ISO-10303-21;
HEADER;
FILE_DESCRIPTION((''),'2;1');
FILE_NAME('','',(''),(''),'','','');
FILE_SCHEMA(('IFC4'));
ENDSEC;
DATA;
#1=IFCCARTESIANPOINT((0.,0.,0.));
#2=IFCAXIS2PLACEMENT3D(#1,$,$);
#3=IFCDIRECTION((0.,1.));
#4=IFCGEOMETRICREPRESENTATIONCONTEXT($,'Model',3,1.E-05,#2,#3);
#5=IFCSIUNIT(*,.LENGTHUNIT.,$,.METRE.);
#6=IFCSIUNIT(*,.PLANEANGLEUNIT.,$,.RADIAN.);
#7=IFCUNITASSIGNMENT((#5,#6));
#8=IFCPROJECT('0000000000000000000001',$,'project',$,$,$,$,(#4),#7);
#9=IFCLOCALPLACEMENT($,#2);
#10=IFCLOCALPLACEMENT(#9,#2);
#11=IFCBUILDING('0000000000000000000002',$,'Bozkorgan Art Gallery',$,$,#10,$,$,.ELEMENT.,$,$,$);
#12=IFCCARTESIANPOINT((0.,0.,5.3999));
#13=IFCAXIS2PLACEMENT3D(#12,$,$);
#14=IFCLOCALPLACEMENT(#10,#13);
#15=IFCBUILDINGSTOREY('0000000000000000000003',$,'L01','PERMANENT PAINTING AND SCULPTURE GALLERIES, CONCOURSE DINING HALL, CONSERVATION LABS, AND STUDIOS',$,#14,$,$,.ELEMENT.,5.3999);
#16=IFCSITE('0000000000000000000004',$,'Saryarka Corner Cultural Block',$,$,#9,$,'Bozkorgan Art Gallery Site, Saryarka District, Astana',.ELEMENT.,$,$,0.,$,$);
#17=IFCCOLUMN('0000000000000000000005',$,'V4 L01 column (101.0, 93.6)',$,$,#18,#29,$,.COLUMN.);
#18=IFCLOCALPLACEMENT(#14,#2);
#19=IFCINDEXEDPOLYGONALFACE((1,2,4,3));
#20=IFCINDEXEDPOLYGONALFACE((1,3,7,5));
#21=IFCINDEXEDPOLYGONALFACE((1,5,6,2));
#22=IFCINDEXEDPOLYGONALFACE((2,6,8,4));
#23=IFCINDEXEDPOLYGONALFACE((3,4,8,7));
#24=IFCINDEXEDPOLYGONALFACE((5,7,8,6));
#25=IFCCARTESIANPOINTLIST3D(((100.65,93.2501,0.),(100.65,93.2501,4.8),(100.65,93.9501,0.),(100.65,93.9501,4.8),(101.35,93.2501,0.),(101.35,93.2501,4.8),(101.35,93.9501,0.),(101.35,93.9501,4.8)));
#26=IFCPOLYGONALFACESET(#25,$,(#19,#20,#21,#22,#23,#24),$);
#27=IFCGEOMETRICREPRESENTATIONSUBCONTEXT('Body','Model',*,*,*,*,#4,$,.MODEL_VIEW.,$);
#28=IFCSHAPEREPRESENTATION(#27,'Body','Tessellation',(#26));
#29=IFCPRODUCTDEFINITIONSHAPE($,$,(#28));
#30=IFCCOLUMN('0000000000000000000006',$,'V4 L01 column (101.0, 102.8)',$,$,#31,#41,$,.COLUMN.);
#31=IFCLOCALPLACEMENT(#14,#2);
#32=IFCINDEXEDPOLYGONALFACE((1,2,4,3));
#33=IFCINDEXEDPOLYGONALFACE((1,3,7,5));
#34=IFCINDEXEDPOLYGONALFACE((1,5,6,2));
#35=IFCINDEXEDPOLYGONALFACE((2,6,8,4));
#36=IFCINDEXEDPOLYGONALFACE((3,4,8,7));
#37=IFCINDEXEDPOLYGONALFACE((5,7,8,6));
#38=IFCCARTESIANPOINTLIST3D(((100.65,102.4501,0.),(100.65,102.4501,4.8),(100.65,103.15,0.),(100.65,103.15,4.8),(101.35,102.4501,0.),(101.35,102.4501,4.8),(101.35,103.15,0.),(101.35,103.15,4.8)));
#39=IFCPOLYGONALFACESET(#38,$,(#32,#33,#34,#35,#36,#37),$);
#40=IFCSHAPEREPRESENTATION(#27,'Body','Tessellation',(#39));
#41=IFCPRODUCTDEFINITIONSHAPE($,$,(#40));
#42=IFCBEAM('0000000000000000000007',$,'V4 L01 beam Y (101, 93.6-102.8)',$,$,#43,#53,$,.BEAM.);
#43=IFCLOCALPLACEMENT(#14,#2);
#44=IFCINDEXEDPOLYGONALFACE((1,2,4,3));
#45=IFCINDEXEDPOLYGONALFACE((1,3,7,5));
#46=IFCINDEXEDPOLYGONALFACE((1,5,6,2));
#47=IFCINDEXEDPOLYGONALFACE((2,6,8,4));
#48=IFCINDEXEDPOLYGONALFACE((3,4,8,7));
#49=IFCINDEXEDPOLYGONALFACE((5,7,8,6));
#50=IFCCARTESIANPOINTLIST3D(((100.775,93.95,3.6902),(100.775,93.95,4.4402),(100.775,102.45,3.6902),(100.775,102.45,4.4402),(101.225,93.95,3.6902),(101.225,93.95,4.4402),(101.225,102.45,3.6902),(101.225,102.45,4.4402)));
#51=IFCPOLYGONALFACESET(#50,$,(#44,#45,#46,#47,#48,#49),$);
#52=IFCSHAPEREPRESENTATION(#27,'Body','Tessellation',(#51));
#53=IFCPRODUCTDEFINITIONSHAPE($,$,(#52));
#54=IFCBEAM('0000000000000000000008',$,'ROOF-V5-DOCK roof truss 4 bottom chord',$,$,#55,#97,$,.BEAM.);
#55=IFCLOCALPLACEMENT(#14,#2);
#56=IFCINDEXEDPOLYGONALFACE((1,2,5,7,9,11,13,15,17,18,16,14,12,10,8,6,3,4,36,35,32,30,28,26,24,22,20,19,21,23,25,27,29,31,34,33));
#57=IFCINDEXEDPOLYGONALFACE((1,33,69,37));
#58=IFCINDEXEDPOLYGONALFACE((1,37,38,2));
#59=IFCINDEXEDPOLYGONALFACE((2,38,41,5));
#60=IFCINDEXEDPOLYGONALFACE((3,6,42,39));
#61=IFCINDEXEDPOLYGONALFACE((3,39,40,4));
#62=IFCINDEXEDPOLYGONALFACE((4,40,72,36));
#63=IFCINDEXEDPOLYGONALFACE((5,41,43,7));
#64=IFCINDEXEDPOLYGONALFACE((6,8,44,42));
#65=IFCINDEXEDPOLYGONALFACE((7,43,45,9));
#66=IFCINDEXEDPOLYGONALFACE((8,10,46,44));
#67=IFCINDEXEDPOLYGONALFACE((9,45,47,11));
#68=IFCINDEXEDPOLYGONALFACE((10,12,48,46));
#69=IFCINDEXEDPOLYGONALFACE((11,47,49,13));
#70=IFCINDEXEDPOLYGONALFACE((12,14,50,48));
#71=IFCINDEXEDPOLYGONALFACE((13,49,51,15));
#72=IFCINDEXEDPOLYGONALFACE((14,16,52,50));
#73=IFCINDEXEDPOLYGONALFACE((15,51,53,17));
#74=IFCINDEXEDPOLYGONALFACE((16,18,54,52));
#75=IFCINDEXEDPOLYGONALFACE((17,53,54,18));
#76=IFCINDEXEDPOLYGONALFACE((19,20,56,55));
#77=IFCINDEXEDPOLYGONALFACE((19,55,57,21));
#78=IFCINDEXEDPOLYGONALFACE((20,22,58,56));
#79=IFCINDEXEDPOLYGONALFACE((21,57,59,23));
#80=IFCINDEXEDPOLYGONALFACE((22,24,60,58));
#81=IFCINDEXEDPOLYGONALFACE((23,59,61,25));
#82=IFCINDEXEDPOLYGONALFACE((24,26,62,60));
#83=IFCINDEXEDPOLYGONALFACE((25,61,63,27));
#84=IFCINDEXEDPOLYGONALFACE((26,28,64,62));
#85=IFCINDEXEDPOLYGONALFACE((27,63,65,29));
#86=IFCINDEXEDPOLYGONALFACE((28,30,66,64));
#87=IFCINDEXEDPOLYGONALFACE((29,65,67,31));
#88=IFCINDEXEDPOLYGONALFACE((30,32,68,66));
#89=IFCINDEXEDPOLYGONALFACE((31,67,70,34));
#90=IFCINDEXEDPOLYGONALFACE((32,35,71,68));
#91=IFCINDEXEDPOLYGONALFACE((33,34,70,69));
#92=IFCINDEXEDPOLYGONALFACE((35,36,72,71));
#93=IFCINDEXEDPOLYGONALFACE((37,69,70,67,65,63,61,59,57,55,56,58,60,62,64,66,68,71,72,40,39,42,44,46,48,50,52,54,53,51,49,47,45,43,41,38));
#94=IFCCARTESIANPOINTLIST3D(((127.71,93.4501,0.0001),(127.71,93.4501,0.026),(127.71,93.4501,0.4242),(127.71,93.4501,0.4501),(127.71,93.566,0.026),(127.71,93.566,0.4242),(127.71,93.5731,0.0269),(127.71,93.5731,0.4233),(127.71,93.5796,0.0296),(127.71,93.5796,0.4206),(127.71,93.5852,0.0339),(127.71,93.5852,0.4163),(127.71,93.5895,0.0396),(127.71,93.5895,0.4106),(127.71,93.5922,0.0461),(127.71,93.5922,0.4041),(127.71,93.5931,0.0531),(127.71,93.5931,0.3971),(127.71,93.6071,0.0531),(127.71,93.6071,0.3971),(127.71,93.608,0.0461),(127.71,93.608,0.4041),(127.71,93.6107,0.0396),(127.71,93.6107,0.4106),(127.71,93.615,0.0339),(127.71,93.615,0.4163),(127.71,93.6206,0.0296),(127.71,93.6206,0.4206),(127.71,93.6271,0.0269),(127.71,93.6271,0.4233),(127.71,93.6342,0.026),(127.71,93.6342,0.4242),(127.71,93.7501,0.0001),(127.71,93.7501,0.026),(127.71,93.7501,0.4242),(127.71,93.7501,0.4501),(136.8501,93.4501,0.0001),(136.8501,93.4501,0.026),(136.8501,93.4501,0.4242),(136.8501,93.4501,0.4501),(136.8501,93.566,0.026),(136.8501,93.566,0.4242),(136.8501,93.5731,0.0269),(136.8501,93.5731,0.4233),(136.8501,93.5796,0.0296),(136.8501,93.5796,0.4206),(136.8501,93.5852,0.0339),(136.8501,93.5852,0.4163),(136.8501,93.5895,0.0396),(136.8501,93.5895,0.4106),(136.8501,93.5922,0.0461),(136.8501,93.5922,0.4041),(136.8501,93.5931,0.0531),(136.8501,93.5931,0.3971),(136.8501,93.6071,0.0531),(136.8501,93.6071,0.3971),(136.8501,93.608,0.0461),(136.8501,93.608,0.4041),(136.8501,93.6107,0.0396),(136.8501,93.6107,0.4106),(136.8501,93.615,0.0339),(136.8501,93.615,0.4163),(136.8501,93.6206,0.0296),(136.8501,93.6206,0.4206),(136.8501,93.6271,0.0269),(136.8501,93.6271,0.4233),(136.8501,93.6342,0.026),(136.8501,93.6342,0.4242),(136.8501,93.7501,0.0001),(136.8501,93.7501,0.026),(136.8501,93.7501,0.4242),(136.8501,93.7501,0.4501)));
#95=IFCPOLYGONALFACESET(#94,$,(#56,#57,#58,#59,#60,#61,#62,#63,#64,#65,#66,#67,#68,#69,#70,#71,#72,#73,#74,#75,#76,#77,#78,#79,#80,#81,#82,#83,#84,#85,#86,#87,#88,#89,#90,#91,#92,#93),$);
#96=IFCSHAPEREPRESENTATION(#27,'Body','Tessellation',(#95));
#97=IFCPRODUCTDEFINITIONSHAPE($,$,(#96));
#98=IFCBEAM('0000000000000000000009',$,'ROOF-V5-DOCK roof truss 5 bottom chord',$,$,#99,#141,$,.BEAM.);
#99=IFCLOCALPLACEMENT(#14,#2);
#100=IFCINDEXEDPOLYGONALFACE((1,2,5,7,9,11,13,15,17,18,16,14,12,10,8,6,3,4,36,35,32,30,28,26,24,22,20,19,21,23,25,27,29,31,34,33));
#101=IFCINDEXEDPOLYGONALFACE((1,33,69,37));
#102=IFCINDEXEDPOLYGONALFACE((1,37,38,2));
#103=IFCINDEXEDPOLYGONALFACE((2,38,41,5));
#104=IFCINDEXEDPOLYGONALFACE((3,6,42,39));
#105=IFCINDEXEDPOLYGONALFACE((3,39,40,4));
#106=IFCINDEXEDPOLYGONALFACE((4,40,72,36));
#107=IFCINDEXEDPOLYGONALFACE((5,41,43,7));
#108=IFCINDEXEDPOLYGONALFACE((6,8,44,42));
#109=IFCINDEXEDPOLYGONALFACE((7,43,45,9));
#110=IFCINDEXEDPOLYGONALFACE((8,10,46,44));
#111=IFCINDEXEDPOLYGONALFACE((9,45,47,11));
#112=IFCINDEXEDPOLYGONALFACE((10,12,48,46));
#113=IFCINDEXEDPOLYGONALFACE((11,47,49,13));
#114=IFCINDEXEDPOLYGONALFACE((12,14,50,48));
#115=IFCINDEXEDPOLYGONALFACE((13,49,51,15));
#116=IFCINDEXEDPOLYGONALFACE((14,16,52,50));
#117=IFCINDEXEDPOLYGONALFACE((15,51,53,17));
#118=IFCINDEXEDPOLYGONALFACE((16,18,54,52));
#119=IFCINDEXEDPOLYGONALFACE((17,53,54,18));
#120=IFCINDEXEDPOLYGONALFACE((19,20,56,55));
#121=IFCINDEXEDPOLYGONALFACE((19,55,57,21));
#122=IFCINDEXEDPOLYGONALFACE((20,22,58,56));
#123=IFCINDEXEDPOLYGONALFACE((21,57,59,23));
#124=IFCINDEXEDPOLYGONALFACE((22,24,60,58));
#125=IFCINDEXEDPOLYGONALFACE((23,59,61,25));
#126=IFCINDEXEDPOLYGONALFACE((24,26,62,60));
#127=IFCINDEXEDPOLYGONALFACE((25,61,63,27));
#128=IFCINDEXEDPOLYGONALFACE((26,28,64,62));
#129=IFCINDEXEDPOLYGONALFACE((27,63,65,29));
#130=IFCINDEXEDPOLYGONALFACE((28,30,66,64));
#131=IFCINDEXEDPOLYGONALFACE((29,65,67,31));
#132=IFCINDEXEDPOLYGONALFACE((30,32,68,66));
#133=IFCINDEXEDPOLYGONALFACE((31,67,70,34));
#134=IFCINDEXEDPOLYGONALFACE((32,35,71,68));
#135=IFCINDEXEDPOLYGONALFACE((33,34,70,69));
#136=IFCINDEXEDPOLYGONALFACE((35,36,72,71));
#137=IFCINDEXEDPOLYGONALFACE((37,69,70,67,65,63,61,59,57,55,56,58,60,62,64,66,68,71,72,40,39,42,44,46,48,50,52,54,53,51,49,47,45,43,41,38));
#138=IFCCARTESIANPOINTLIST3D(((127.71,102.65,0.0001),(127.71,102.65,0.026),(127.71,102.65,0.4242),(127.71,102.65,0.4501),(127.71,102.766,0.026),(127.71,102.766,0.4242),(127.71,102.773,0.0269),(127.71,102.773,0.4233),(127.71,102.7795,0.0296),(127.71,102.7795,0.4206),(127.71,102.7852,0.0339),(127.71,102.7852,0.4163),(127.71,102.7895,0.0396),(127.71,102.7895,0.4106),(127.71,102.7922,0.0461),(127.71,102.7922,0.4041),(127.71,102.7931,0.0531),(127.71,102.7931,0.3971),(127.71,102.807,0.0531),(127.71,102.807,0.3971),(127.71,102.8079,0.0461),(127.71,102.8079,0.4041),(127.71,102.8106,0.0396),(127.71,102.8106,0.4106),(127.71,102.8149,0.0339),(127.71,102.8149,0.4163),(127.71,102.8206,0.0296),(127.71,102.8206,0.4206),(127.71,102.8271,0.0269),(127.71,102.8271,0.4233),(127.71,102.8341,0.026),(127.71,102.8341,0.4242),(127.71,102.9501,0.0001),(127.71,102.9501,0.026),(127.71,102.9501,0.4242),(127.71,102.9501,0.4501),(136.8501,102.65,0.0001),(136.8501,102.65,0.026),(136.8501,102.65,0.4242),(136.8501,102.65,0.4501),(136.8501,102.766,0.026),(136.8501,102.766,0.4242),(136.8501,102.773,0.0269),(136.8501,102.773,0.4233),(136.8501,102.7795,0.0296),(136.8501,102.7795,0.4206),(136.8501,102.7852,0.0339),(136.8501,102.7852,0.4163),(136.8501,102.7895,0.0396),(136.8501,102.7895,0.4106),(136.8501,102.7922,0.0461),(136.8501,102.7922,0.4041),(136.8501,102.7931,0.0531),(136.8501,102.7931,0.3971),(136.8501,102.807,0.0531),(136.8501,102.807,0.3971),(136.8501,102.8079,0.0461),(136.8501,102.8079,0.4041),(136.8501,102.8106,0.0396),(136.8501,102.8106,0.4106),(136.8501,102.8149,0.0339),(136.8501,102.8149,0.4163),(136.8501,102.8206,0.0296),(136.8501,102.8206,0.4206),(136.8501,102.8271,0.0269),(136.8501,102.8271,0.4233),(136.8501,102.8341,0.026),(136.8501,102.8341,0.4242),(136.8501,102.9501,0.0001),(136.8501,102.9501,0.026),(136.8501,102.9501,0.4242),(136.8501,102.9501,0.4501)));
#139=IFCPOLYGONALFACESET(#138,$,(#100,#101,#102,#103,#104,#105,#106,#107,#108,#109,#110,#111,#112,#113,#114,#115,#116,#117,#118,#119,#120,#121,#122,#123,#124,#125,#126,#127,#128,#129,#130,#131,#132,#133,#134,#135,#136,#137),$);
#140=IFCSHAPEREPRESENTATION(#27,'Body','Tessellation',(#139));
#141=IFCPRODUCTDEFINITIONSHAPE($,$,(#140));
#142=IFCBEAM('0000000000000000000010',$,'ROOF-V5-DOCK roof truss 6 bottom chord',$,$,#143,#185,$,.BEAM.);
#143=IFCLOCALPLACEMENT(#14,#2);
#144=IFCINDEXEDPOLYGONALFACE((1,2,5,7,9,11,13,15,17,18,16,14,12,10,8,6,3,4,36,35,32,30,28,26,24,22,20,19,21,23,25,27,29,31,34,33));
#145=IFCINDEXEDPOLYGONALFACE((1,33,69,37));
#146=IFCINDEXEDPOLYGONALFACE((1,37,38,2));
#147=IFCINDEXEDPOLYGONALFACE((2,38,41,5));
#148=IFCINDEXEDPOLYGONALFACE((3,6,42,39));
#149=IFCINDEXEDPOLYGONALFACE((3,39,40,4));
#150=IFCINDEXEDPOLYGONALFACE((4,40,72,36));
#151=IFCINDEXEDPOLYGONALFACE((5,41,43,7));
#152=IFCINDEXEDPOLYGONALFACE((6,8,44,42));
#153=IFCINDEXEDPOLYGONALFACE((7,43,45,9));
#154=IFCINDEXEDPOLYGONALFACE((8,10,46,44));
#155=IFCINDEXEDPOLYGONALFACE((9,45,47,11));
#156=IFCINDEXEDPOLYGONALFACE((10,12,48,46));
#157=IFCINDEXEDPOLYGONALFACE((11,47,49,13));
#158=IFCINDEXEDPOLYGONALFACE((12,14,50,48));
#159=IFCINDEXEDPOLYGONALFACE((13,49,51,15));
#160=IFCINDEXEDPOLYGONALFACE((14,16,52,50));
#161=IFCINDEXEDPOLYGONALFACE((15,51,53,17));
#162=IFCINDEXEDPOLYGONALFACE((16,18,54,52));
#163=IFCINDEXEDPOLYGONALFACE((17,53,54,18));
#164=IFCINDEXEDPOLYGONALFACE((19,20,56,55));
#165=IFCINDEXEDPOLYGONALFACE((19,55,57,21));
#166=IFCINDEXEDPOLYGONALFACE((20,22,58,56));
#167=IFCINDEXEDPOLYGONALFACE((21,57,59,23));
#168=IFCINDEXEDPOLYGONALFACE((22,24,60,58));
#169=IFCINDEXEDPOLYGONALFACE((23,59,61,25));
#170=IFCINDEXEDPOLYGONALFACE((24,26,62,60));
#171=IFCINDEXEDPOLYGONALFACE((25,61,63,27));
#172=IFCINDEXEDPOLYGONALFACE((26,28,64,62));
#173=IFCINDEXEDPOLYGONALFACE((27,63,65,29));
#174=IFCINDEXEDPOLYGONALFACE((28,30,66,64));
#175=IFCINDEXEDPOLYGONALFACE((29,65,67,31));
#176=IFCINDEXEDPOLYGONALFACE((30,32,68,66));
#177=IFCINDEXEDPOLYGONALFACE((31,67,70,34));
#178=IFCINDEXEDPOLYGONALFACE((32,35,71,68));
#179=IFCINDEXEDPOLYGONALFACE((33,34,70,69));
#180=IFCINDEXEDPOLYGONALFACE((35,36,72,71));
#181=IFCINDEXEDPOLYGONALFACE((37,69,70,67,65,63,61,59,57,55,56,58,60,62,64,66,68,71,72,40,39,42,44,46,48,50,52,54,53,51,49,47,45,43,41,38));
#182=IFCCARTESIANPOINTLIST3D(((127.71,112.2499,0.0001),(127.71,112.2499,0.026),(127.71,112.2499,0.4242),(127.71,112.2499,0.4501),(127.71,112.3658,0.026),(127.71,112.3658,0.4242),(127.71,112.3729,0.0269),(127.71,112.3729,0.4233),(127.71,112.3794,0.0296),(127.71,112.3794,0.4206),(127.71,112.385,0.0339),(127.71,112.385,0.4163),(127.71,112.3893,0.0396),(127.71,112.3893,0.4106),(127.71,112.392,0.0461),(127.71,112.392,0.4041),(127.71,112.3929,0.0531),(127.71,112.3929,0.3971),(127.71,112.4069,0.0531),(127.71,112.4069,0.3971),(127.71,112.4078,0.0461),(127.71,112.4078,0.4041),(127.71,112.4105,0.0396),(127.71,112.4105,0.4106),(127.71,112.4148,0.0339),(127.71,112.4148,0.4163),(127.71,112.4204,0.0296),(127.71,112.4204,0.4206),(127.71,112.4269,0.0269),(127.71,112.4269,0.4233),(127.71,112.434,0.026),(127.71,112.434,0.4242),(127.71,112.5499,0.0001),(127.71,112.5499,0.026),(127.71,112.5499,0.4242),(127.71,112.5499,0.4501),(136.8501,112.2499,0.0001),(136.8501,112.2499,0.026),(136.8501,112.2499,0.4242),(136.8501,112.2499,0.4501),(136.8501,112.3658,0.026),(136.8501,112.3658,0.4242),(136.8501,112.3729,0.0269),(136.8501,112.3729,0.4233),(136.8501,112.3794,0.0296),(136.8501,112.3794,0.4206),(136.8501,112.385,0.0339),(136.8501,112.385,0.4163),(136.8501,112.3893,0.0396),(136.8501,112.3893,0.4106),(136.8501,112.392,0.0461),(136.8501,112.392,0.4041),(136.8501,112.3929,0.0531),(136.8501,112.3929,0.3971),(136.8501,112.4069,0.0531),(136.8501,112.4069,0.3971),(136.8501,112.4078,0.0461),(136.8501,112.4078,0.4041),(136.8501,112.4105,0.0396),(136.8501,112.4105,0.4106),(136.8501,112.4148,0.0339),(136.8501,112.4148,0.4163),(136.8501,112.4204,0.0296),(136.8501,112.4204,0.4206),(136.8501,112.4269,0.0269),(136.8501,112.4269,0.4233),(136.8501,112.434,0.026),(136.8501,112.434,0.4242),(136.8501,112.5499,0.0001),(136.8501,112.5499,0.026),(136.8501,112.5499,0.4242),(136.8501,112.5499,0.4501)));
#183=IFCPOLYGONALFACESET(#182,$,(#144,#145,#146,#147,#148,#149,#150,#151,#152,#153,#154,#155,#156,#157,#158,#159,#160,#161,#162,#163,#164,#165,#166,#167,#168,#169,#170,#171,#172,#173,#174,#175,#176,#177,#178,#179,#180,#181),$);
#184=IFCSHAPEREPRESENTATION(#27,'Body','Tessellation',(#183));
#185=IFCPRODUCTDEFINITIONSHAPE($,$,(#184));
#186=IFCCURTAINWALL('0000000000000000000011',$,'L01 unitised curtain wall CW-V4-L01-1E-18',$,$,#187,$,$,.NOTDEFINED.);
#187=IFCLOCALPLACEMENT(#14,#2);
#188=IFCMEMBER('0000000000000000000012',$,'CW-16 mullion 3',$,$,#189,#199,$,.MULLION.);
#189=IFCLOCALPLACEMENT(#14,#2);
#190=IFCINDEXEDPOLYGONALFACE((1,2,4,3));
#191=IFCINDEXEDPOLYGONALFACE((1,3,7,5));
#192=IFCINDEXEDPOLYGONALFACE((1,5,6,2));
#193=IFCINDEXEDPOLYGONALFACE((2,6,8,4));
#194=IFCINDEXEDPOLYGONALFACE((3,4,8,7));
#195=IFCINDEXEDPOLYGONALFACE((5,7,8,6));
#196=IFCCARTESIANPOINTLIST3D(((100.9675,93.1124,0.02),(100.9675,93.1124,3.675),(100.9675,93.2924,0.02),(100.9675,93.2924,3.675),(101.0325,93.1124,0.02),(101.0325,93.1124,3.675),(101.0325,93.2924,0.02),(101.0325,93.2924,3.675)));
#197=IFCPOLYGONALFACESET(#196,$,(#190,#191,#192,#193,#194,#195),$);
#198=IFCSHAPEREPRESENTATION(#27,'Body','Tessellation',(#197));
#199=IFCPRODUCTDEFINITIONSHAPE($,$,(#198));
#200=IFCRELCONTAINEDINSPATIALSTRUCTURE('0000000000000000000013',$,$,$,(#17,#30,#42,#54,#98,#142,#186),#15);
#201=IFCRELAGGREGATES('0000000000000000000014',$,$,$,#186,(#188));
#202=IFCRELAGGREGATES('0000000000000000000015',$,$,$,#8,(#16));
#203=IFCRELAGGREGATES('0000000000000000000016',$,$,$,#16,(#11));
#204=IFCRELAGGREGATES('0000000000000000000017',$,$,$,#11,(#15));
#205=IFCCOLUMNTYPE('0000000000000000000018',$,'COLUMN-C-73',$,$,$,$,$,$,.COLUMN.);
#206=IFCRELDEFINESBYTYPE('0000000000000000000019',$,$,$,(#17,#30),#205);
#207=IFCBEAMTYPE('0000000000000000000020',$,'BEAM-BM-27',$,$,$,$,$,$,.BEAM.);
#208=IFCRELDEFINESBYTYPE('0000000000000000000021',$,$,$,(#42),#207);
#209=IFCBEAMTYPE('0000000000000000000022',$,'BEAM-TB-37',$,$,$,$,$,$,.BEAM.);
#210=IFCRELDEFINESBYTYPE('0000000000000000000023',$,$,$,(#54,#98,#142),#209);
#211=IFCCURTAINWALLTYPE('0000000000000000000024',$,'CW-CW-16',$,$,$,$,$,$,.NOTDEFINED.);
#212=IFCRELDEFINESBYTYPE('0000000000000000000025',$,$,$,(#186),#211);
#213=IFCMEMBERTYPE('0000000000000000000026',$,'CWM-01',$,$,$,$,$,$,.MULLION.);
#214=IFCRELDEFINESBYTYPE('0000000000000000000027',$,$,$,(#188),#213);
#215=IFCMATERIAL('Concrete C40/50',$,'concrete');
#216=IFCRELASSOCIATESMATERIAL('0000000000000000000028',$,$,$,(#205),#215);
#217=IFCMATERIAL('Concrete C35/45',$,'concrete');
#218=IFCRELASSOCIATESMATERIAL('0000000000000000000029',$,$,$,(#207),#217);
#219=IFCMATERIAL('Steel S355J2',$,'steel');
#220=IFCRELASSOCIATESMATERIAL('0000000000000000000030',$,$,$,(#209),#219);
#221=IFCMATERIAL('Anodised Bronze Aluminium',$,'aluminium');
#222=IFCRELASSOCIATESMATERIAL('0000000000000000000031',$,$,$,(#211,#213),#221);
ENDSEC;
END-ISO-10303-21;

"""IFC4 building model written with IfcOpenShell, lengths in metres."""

from ifc_helpers import new_model, si_unit, direction, frame, origin, origin_2d, place, context, subcontext, project, spatial, rectangle, i_section, extrude, material, material_profile, profile_set, type_object, element, aggregate, save


model = new_model("IFC4")

# Units and contexts
model_context = context("Model", 3, precision=1e-05, world=origin(), true_north=direction((0.0, 1.0)))
body_context = subcontext(model_context, "Body", "Model", "MODEL_VIEW")
ifc_project = project(units=[si_unit("LENGTHUNIT", "METRE"), si_unit("PLANEANGLEUNIT", "RADIAN")], contexts=[model_context])

# Site, building, storey
site_placement = place(None, origin())
site = spatial("IfcSite", under=ifc_project, at=site_placement, Name="Saryarka Corner Cultural Block", LongName="Bozkorgan Art Gallery Site, Saryarka District, Astana", CompositionType="ELEMENT", RefElevation=0.0)
building_placement = place(site_placement, origin())
building = spatial("IfcBuilding", under=site, at=building_placement, Name="Bozkorgan Art Gallery", CompositionType="ELEMENT")
storey_placement = place(building_placement, frame((0.0, 0.0, 5.3999)))
storey = spatial("IfcBuildingStorey", under=building, at=storey_placement, Name="L01", Description="PERMANENT PAINTING AND SCULPTURE GALLERIES, CONCOURSE DINING HALL, CONSERVATION LABS, AND STUDIOS", CompositionType="ELEMENT", Elevation=5.3999)

# Columns
ifc_material_1 = material(Name="Concrete C40/50", Category="concrete")
ifc_material_profile_1 = material_profile(ifc_material_1, rectangle(XDim=0.7, YDim=0.7, at=origin_2d()), Name="RC 700x700")
ifc_profile_set_1 = profile_set([ifc_material_profile_1], Name="Concrete C40/50")
column_type = type_object("IfcColumnType", Name="COLUMN-C-73", PredefinedType="COLUMN", material=ifc_profile_set_1)
for number, where, z_axis, x_axis, name in (
    (1, (101.0, 93.6001, 0.0), (0.0, 0.0, 1.0), (1.0, 0.0, 0.0), "V4 L01 column (101.0, 93.6)"),
    (2, (101.0, 102.8, 0.0), (0.0, 0.0, 1.0), (1.0, 0.0, 0.0), "V4 L01 column (101.0, 102.8)"),
):
    element("IfcColumn", number, at=place(storey_placement, frame(where, z_axis=z_axis, x_axis=x_axis)), inside=storey, type_object=column_type, Name=name, PredefinedType="COLUMN", context=body_context, shape_type="SweptSolid", body=[
        extrude(rectangle(XDim=0.7, YDim=0.7, at=origin_2d()), origin(), (0.0, 0.0, 1.0), 4.8),
    ])

# Beams
ifc_material_2 = material(Name="Concrete C35/45", Category="concrete")
ifc_material_profile_2 = material_profile(ifc_material_2, rectangle(XDim=0.45, YDim=0.75, at=origin_2d()), Name="RC 450x750")
ifc_profile_set_2 = profile_set([ifc_material_profile_2], Name="Concrete C35/45")
beam_type_1 = type_object("IfcBeamType", Name="BEAM-BM-27", PredefinedType="BEAM", material=ifc_profile_set_2)
beam_placement = place(storey_placement, frame((101.0, 93.95, 4.0652), z_axis=(0.0, 1.0, 0.0), x_axis=(-1.0, 0.0, 0.0)))
element("IfcBeam", 3, at=beam_placement, inside=storey, type_object=beam_type_1, Name="V4 L01 beam Y (101, 93.6-102.8)", PredefinedType="BEAM", context=body_context, shape_type="SweptSolid", body=[
    extrude(rectangle(XDim=0.45, YDim=0.75, at=origin_2d()), origin(), (0.0, 0.0, 1.0), 8.5),
])
ifc_material_3 = material(Name="Steel S355J2", Category="steel")
ifc_material_profile_3 = material_profile(ifc_material_3, i_section(OverallWidth=0.3, OverallDepth=0.45, WebThickness=0.0139, FlangeThickness=0.0259, FilletRadius=0.0271, at=origin_2d()), Name="HEB 450")
ifc_profile_set_3 = profile_set([ifc_material_profile_3], Name="Steel S355J2")
beam_type_2 = type_object("IfcBeamType", Name="BEAM-TB-37", PredefinedType="BEAM", material=ifc_profile_set_3)
for number, where, z_axis, x_axis, name in (
    (4, (127.71, 93.6001, 0.2251), (1.0, 0.0, 0.0), (0.0, 1.0, 0.0), "ROOF-V5-DOCK roof truss 4 bottom chord"),
    (5, (127.71, 102.8, 0.2251), (1.0, 0.0, 0.0), (0.0, 1.0, 0.0), "ROOF-V5-DOCK roof truss 5 bottom chord"),
    (6, (127.71, 112.3999, 0.2251), (1.0, 0.0, 0.0), (0.0, 1.0, 0.0), "ROOF-V5-DOCK roof truss 6 bottom chord"),
):
    element("IfcBeam", number, at=place(storey_placement, frame(where, z_axis=z_axis, x_axis=x_axis)), inside=storey, type_object=beam_type_2, Name=name, PredefinedType="BEAM", context=body_context, shape_type="SweptSolid", body=[
        extrude(i_section(OverallWidth=0.3, OverallDepth=0.45, WebThickness=0.0139, FlangeThickness=0.0259, FilletRadius=0.0271, at=origin_2d()), origin(), (0.0, 0.0, 1.0), 9.1401),
    ])

# Curtain wall, member
ifc_material_4 = material(Name="Anodised Bronze Aluminium", Category="aluminium")
curtain_wall_type = type_object("IfcCurtainWallType", Name="CW-CW-16", PredefinedType="NOTDEFINED", material=ifc_material_4)
curtain_wall_1_placement = place(storey_placement, origin())
curtain_wall_1 = element("IfcCurtainWall", 7, at=curtain_wall_1_placement, inside=storey, type_object=curtain_wall_type, Name="L01 unitised curtain wall CW-V4-L01-1E-18", PredefinedType="NOTDEFINED")
ifc_material_profile_4 = material_profile(ifc_material_4, rectangle(XDim=0.0649, YDim=0.1799, at=origin_2d()), Name="ALU MULLION 65x180")
ifc_profile_set_4 = profile_set([ifc_material_profile_4], Name="Anodised Bronze Aluminium")
member_type_1 = type_object("IfcMemberType", Name="CWM-01", PredefinedType="MULLION", material=ifc_profile_set_4)
member_1_placement = place(storey_placement, frame((101.0, 93.2024, 0.02), z_axis=(0.0, 0.0, 1.0), x_axis=(-1.0, 0.0, 0.0)))
member_1 = element("IfcMember", 8, at=member_1_placement, type_object=member_type_1, Name="CW-16 mullion 3", PredefinedType="MULLION", context=body_context, shape_type="SweptSolid", body=[
    extrude(rectangle(XDim=0.0649, YDim=0.1799, at=origin_2d()), origin(), (0.0, 0.0, 1.0), 3.655),
])

aggregate(curtain_wall_1, [member_1])

save(model, "model.ifc")
